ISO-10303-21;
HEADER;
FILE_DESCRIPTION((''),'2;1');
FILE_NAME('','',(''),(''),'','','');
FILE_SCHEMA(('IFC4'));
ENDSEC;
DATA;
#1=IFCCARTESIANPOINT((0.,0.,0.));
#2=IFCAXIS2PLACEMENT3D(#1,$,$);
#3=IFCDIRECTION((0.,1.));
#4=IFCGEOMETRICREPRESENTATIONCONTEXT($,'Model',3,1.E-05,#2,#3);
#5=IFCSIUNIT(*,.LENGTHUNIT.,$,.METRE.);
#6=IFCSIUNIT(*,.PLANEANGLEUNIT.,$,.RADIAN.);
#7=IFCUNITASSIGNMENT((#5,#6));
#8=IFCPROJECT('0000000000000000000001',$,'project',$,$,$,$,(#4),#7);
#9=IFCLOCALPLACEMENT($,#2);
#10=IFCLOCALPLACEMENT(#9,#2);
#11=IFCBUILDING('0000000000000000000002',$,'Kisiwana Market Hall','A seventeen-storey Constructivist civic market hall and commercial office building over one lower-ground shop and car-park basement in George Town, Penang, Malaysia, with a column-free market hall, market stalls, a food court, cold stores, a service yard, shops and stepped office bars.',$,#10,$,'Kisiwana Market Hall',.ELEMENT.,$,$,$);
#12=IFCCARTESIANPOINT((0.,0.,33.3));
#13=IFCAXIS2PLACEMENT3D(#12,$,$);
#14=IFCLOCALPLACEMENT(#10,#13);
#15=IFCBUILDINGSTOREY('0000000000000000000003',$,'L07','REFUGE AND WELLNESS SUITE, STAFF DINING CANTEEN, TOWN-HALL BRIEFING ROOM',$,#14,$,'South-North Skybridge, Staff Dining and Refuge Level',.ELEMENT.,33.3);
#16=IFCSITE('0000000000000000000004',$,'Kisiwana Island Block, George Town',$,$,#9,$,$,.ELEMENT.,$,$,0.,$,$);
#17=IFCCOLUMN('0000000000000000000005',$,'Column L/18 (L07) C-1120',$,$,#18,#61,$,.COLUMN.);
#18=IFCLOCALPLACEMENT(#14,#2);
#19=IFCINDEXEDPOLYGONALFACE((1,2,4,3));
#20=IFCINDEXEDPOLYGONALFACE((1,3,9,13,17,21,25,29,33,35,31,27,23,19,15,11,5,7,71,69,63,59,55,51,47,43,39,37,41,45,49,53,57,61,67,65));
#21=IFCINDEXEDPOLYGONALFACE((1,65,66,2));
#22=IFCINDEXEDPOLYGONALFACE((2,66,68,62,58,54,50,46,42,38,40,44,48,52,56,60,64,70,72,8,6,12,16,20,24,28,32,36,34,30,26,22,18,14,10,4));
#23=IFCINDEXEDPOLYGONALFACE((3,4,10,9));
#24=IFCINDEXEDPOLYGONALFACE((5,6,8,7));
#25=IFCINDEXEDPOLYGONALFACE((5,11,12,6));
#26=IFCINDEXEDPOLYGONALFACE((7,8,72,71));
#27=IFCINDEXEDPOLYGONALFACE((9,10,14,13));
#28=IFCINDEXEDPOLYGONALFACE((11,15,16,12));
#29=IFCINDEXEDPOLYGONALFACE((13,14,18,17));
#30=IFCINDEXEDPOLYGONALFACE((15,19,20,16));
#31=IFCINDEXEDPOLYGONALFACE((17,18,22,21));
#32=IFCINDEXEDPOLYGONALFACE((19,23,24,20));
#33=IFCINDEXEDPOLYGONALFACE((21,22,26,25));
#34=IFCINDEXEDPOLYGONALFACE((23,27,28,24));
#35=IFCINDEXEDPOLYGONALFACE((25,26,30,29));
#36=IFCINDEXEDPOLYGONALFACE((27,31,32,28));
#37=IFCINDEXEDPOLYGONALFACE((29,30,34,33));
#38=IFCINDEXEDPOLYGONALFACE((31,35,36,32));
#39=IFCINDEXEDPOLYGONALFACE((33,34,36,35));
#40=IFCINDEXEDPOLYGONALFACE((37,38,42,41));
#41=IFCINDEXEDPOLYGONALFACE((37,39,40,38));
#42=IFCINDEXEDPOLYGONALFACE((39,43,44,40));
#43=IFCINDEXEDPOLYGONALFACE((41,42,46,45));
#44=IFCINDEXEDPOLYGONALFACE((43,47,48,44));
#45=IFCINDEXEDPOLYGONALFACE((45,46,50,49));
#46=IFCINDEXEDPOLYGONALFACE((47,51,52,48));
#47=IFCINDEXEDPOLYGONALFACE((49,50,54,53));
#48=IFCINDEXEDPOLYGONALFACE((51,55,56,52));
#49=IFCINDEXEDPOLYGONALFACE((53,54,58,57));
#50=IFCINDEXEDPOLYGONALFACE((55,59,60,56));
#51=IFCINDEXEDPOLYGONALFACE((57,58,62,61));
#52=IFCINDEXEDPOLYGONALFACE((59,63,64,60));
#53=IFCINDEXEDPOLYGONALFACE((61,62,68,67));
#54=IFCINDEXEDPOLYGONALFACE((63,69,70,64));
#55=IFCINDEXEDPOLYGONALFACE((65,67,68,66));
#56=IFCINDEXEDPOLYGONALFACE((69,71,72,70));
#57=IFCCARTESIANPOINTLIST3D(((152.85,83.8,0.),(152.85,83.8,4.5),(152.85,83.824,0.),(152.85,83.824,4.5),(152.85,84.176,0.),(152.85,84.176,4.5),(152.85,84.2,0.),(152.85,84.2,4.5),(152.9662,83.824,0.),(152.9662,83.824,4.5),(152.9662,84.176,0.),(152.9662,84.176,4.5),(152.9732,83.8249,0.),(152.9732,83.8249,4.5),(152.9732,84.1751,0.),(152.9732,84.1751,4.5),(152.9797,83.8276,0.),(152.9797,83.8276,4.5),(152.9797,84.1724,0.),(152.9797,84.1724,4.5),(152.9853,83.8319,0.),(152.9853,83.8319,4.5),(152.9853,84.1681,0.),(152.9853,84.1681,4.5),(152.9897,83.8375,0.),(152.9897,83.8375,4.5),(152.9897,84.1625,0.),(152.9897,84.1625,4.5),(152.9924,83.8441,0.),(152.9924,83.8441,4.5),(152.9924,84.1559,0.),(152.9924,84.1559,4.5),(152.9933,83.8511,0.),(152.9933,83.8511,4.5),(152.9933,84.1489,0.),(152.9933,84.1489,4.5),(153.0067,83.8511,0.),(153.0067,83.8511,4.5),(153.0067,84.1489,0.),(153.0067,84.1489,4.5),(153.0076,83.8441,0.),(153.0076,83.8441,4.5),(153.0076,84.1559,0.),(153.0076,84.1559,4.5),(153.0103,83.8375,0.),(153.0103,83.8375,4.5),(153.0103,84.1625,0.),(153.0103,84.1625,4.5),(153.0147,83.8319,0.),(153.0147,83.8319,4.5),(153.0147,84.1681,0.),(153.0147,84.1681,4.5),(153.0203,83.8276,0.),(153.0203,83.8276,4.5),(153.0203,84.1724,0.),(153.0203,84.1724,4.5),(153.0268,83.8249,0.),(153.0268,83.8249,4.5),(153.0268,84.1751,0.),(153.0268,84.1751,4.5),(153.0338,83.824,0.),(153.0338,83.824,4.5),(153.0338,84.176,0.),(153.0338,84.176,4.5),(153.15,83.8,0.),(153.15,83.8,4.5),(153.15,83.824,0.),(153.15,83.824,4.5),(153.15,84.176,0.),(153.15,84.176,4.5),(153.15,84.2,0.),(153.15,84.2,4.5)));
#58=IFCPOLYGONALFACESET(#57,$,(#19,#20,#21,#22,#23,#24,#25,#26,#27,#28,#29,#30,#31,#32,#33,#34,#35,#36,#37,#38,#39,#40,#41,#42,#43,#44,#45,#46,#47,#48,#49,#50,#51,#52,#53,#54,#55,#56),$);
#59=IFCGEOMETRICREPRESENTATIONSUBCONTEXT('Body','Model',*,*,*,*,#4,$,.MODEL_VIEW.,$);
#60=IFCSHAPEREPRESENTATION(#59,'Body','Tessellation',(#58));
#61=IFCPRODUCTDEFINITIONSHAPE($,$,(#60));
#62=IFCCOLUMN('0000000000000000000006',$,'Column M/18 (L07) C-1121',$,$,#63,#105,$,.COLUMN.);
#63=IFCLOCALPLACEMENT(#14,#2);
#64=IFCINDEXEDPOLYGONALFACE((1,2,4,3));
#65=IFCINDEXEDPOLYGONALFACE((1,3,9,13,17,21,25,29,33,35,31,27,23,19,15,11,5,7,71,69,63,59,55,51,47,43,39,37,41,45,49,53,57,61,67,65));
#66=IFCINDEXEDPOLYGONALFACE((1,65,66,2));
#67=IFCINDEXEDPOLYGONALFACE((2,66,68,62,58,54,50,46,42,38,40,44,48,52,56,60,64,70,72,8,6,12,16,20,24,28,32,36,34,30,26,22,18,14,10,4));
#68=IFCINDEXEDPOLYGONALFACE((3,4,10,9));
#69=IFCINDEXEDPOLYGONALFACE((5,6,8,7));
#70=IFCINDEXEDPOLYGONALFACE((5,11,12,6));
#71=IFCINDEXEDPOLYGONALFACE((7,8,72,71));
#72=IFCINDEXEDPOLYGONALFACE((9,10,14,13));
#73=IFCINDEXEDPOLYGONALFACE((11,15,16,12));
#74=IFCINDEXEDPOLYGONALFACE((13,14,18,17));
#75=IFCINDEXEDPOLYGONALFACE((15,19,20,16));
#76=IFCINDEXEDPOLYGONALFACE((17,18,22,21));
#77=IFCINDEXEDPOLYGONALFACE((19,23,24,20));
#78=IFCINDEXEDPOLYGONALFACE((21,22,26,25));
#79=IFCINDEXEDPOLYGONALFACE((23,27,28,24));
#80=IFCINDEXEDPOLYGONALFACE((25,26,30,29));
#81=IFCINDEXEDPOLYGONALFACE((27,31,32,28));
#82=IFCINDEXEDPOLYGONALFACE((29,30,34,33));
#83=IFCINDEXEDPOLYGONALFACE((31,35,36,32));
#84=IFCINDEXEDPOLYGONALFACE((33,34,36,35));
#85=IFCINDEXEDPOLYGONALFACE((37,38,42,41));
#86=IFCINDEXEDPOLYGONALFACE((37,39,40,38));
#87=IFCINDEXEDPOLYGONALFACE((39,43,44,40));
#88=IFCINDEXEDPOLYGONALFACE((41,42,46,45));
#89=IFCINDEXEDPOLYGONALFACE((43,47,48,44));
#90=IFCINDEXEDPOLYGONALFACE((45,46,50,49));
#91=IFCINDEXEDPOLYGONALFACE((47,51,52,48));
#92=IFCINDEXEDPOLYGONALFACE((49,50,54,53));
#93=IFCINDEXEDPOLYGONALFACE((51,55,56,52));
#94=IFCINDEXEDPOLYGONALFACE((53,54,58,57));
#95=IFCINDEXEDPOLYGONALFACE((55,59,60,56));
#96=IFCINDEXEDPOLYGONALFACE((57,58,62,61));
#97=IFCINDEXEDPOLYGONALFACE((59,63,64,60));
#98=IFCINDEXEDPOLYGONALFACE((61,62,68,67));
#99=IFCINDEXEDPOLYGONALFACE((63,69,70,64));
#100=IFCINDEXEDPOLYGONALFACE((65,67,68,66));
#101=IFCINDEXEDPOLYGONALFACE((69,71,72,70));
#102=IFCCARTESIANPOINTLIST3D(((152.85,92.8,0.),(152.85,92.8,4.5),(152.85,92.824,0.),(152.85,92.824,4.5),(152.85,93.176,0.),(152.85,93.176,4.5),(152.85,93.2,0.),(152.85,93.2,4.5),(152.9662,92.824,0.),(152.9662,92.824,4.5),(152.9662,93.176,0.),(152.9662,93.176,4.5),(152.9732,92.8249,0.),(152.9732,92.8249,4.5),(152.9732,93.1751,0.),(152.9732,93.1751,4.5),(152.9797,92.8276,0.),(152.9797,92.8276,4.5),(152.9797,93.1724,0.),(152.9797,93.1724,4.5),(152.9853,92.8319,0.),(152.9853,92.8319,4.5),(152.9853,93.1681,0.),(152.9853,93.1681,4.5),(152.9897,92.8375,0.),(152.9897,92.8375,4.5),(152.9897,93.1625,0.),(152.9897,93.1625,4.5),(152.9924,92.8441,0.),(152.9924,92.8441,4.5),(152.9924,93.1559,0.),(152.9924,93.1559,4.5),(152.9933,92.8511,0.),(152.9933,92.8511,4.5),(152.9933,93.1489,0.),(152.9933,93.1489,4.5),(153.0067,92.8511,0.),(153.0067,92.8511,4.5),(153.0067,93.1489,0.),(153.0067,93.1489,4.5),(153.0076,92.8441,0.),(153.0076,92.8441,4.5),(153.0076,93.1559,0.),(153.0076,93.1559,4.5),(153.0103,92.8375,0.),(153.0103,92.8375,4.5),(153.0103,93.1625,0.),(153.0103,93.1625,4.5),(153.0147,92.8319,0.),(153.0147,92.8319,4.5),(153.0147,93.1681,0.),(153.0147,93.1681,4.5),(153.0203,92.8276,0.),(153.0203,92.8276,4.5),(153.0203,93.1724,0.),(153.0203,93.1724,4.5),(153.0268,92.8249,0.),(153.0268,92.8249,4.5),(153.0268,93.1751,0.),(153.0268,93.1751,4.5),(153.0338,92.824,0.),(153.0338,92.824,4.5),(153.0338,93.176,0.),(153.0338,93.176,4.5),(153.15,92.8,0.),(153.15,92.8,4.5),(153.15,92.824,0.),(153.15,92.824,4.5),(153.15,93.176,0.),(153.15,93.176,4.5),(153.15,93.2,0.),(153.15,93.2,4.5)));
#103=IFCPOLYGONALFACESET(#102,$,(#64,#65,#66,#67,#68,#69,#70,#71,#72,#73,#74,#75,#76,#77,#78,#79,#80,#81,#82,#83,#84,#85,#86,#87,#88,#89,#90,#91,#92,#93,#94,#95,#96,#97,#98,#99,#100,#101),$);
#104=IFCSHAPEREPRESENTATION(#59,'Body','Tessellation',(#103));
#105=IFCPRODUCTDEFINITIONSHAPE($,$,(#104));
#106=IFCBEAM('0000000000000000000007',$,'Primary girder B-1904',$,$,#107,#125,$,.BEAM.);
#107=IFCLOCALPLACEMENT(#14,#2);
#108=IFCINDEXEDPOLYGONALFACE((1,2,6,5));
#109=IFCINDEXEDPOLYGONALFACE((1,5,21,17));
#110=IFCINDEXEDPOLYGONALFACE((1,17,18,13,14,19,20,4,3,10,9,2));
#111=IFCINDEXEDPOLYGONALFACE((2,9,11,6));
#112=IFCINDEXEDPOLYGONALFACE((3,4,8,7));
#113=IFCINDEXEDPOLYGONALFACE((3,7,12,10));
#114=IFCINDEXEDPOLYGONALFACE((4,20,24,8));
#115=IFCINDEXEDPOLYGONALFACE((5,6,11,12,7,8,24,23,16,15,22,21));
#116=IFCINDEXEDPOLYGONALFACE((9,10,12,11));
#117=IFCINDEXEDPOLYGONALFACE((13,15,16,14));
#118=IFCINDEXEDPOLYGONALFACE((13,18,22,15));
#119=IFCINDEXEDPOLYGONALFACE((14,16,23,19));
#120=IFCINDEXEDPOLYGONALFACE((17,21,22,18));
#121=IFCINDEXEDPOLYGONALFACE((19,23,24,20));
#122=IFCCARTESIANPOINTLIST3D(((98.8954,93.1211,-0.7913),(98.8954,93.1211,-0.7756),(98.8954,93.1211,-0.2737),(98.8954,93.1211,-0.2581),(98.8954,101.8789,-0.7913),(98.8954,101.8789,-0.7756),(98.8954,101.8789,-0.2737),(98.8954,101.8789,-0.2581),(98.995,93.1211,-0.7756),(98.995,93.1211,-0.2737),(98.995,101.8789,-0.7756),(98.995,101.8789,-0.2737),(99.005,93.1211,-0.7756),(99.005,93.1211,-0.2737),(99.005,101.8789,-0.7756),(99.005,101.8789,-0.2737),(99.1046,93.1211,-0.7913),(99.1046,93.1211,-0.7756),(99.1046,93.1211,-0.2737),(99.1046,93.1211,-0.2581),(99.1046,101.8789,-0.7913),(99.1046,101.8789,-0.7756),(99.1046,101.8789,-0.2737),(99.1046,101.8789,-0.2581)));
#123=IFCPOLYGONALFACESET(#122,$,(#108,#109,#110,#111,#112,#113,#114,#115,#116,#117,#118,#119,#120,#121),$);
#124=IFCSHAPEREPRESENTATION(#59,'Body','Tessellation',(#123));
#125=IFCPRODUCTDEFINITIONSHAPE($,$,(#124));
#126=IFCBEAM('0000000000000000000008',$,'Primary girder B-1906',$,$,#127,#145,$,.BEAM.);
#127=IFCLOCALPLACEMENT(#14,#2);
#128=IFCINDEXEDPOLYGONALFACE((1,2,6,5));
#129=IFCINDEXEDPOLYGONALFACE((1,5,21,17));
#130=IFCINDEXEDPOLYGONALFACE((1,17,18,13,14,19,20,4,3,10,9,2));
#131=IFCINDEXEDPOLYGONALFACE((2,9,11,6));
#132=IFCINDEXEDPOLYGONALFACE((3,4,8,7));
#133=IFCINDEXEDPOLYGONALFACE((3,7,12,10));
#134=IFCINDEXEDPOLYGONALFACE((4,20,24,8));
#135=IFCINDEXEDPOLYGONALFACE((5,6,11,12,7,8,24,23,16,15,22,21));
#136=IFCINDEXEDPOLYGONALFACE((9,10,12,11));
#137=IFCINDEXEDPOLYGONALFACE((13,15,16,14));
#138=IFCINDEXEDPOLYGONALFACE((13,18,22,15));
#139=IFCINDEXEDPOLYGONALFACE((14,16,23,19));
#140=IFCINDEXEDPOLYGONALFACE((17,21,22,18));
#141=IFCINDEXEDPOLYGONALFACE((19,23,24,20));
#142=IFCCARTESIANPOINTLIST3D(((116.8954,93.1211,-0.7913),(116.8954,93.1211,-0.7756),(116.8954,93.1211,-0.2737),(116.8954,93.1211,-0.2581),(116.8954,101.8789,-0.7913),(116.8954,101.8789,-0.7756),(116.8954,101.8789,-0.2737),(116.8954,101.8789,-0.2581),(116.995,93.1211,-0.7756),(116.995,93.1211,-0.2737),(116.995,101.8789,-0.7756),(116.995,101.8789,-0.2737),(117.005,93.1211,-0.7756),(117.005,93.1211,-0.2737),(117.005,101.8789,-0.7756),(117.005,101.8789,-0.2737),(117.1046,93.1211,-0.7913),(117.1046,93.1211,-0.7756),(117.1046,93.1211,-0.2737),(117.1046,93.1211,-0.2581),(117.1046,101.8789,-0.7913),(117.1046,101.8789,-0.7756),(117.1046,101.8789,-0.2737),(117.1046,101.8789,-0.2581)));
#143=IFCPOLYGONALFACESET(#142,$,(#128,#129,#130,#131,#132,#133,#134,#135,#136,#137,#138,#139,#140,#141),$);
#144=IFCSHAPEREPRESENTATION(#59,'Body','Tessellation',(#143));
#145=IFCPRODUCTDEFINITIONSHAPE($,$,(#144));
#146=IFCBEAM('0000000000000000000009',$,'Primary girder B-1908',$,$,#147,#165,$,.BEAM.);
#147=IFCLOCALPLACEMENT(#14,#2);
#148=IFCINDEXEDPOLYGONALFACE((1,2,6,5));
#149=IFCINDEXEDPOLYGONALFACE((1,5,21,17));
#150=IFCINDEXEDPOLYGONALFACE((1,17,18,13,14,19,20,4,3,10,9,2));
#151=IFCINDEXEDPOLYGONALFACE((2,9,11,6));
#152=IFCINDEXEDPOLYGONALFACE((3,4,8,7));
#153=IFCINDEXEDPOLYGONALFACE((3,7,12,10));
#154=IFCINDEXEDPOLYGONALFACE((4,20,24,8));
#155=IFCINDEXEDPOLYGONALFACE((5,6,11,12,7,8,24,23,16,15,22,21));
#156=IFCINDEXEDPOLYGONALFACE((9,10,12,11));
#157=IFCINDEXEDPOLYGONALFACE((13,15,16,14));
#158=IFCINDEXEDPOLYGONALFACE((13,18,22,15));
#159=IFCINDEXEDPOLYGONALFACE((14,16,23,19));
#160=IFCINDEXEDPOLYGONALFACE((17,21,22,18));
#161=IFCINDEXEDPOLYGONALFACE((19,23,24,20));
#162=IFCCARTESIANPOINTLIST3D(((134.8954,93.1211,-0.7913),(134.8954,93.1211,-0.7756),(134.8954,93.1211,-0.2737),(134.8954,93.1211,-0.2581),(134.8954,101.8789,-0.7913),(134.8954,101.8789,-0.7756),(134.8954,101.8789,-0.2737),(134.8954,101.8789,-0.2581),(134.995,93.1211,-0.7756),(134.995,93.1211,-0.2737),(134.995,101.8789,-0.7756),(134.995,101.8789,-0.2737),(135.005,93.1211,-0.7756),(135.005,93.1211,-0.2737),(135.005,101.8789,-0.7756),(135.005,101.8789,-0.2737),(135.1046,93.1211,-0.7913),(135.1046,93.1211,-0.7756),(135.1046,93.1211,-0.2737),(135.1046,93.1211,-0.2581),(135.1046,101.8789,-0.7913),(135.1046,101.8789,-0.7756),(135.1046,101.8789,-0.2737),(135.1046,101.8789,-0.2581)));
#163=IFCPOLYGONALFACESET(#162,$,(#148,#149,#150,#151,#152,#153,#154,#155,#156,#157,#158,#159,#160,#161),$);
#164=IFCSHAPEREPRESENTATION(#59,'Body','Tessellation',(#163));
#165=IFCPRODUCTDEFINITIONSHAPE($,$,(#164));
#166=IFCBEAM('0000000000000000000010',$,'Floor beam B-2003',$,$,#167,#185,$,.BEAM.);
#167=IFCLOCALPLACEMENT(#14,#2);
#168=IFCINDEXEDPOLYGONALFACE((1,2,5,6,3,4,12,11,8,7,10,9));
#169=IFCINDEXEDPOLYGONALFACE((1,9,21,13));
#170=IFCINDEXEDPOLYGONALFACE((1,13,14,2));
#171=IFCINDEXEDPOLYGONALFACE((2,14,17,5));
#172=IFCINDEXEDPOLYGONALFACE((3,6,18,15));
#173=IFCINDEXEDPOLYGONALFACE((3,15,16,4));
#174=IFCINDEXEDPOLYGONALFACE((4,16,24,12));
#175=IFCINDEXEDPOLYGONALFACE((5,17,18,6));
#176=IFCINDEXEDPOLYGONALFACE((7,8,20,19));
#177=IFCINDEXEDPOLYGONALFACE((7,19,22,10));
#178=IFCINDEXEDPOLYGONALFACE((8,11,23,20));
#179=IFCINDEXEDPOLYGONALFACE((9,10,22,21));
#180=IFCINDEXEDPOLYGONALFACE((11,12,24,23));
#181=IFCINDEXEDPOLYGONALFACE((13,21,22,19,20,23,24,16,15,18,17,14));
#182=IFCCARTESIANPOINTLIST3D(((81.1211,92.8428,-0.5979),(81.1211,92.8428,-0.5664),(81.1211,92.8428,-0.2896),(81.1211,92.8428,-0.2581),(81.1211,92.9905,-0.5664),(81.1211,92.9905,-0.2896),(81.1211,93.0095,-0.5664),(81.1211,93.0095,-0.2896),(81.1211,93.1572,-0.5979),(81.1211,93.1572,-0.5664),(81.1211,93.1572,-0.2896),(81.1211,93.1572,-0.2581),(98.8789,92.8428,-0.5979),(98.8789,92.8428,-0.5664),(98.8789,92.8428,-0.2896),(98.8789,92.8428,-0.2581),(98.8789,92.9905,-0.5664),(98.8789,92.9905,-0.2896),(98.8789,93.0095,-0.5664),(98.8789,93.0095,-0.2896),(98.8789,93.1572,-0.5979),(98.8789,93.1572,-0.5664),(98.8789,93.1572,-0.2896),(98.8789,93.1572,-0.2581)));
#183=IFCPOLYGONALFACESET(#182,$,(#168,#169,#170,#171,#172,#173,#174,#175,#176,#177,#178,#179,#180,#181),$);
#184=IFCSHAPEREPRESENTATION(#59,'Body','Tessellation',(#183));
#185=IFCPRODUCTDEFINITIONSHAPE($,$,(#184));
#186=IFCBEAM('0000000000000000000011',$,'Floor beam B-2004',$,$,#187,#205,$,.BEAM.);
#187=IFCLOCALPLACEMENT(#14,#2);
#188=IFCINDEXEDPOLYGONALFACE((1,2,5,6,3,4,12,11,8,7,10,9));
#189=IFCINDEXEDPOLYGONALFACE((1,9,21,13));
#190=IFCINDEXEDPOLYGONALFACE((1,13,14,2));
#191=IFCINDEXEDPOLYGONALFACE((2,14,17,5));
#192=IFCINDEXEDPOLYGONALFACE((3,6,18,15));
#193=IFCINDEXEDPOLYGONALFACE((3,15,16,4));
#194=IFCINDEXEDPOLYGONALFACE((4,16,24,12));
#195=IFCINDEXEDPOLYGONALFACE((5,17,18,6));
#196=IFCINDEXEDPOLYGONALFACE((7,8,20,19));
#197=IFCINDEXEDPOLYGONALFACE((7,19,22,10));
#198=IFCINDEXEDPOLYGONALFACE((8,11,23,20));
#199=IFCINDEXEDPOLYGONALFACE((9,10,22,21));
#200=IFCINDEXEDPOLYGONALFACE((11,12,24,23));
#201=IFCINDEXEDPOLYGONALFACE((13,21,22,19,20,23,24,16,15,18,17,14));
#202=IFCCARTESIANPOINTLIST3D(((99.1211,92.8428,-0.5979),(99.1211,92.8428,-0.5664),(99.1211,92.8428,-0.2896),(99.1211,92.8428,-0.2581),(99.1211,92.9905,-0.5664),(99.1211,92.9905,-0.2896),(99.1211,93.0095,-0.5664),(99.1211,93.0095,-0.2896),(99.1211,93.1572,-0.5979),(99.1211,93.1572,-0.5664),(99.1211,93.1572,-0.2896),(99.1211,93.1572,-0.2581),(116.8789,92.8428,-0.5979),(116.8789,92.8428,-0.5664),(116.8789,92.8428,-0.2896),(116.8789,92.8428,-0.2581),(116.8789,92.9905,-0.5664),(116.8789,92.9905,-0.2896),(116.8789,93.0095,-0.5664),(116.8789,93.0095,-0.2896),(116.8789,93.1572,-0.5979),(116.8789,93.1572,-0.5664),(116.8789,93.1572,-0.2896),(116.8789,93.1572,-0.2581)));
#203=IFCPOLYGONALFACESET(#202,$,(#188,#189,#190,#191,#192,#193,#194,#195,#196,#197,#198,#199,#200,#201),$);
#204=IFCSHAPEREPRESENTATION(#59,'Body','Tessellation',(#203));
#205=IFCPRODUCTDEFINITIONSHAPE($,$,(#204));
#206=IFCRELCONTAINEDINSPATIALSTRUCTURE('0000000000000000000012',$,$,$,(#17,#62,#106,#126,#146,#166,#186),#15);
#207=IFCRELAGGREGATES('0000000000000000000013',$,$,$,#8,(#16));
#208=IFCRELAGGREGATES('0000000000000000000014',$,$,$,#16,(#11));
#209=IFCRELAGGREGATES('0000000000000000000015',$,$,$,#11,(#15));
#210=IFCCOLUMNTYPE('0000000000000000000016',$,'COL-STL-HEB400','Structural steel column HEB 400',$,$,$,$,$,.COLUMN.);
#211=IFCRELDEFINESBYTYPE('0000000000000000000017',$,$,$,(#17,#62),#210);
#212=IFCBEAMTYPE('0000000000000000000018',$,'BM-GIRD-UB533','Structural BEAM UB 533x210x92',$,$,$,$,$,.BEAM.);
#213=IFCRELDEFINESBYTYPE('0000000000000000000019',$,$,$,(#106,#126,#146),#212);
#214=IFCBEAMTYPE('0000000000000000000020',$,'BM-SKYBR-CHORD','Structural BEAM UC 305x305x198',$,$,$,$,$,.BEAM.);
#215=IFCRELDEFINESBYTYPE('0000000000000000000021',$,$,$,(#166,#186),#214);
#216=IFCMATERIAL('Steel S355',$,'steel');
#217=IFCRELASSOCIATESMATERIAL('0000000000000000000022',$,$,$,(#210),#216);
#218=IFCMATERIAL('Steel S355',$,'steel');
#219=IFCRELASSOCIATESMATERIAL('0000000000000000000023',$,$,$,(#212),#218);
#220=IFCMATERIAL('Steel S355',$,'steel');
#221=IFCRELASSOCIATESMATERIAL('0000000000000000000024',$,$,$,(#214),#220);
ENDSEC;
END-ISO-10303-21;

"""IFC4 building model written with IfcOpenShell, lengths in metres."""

from ifc_helpers import new_model, si_unit, direction, frame, origin, origin_2d, place, context, subcontext, project, spatial, i_section, extrude, material, material_profile, profile_set, type_object, element, save


model = new_model("IFC4")

# Units and contexts
model_context = context("Model", 3, precision=1e-05, world=origin(), true_north=direction((0.0, 1.0)))
body_context = subcontext(model_context, "Body", "Model", "MODEL_VIEW")
ifc_project = project(units=[si_unit("LENGTHUNIT", "METRE"), si_unit("PLANEANGLEUNIT", "RADIAN")], contexts=[model_context])

# Site, building, storey
site_placement = place(None, origin())
site = spatial("IfcSite", under=ifc_project, at=site_placement, Name="Kisiwana Island Block, George Town", CompositionType="ELEMENT", RefElevation=0.0)
building_placement = place(site_placement, origin())
building = spatial("IfcBuilding", under=site, at=building_placement, Name="Kisiwana Market Hall", Description="A seventeen-storey Constructivist civic market hall and commercial office building over one lower-ground shop and car-park basement in George Town, Penang, Malaysia, with a column-free market hall, market stalls, a food court, cold stores, a service yard, shops and stepped office bars.", LongName="Kisiwana Market Hall", CompositionType="ELEMENT")
storey_placement = place(building_placement, frame((0.0, 0.0, 33.3)))
storey = spatial("IfcBuildingStorey", under=building, at=storey_placement, Name="L07", Description="REFUGE AND WELLNESS SUITE, STAFF DINING CANTEEN, TOWN-HALL BRIEFING ROOM", LongName="South-North Skybridge, Staff Dining and Refuge Level", CompositionType="ELEMENT", Elevation=33.3)

# Columns
ifc_material_1 = material(Name="Steel S355", Category="steel")
ifc_material_profile_1 = material_profile(ifc_material_1, i_section(OverallWidth=0.3, OverallDepth=0.3999, WebThickness=0.0134, FlangeThickness=0.0239, FilletRadius=0.0271, at=origin_2d()), Name="HEB 400")
ifc_profile_set_1 = profile_set([ifc_material_profile_1], Name="Steel S355")
column_type = type_object("IfcColumnType", Name="COL-STL-HEB400", Description="Structural steel column HEB 400", PredefinedType="COLUMN", material=ifc_profile_set_1)
for number, where, z_axis, x_axis, name in (
    (1, (153.0, 84.0, 0.0), (0.0, 0.0, 1.0), (1.0, 0.0, 0.0), "Column L/18 (L07) C-1120"),
    (2, (153.0, 93.0, 0.0), (0.0, 0.0, 1.0), (1.0, 0.0, 0.0), "Column M/18 (L07) C-1121"),
):
    element("IfcColumn", number, at=place(storey_placement, frame(where, z_axis=z_axis, x_axis=x_axis)), inside=storey, type_object=column_type, Name=name, PredefinedType="COLUMN", context=body_context, shape_type="SweptSolid", body=[
        extrude(i_section(OverallWidth=0.3, OverallDepth=0.3999, WebThickness=0.0134, FlangeThickness=0.0239, FilletRadius=0.0271, at=origin_2d()), origin(), (0.0, 0.0, 1.0), 4.5),
    ])

# Beams
ifc_material_2 = material(Name="Steel S355", Category="steel")
ifc_material_profile_2 = material_profile(ifc_material_2, i_section(OverallWidth=0.2092, OverallDepth=0.5332, WebThickness=0.01, FlangeThickness=0.0156, at=origin_2d()), Name="UB 533x210x92")
ifc_profile_set_2 = profile_set([ifc_material_profile_2], Name="Steel S355")
beam_type_1 = type_object("IfcBeamType", Name="BM-GIRD-UB533", Description="Structural BEAM UB 533x210x92", PredefinedType="BEAM", material=ifc_profile_set_2)
for number, where, z_axis, x_axis, name in (
    (3, (99.0, 93.1211, -0.5247), (0.0, 1.0, 0.0), (-1.0, 0.0, 0.0), "Primary girder B-1904"),
    (4, (117.0, 93.1211, -0.5247), (0.0, 1.0, 0.0), (-1.0, 0.0, 0.0), "Primary girder B-1906"),
    (5, (135.0, 93.1211, -0.5247), (0.0, 1.0, 0.0), (-1.0, 0.0, 0.0), "Primary girder B-1908"),
):
    element("IfcBeam", number, at=place(storey_placement, frame(where, z_axis=z_axis, x_axis=x_axis)), inside=storey, type_object=beam_type_1, Name=name, PredefinedType="BEAM", context=body_context, shape_type="SweptSolid", body=[
        extrude(i_section(OverallWidth=0.2092, OverallDepth=0.5332, WebThickness=0.01, FlangeThickness=0.0156, at=origin_2d()), origin(), (0.0, 0.0, 1.0), 8.7578),
    ])
ifc_material_3 = material(Name="Steel S355", Category="steel")
ifc_material_profile_3 = material_profile(ifc_material_3, i_section(OverallWidth=0.3145, OverallDepth=0.3398, WebThickness=0.019, FlangeThickness=0.0315, at=origin_2d()), Name="UC 305x305x198")
ifc_profile_set_3 = profile_set([ifc_material_profile_3], Name="Steel S355")
beam_type_2 = type_object("IfcBeamType", Name="BM-SKYBR-CHORD", Description="Structural BEAM UC 305x305x198", PredefinedType="BEAM", material=ifc_profile_set_3)
for number, where, z_axis, x_axis, name in (
    (6, (81.1211, 93.0, -0.428), (1.0, 0.0, 0.0), (0.0, 1.0, 0.0), "Floor beam B-2003"),
    (7, (99.1211, 93.0, -0.428), (1.0, 0.0, 0.0), (0.0, 1.0, 0.0), "Floor beam B-2004"),
):
    element("IfcBeam", number, at=place(storey_placement, frame(where, z_axis=z_axis, x_axis=x_axis)), inside=storey, type_object=beam_type_2, Name=name, PredefinedType="BEAM", context=body_context, shape_type="SweptSolid", body=[
        extrude(i_section(OverallWidth=0.3145, OverallDepth=0.3398, WebThickness=0.019, FlangeThickness=0.0315, at=origin_2d()), origin(), (0.0, 0.0, 1.0), 17.7578),
    ])

save(model, "model.ifc")
